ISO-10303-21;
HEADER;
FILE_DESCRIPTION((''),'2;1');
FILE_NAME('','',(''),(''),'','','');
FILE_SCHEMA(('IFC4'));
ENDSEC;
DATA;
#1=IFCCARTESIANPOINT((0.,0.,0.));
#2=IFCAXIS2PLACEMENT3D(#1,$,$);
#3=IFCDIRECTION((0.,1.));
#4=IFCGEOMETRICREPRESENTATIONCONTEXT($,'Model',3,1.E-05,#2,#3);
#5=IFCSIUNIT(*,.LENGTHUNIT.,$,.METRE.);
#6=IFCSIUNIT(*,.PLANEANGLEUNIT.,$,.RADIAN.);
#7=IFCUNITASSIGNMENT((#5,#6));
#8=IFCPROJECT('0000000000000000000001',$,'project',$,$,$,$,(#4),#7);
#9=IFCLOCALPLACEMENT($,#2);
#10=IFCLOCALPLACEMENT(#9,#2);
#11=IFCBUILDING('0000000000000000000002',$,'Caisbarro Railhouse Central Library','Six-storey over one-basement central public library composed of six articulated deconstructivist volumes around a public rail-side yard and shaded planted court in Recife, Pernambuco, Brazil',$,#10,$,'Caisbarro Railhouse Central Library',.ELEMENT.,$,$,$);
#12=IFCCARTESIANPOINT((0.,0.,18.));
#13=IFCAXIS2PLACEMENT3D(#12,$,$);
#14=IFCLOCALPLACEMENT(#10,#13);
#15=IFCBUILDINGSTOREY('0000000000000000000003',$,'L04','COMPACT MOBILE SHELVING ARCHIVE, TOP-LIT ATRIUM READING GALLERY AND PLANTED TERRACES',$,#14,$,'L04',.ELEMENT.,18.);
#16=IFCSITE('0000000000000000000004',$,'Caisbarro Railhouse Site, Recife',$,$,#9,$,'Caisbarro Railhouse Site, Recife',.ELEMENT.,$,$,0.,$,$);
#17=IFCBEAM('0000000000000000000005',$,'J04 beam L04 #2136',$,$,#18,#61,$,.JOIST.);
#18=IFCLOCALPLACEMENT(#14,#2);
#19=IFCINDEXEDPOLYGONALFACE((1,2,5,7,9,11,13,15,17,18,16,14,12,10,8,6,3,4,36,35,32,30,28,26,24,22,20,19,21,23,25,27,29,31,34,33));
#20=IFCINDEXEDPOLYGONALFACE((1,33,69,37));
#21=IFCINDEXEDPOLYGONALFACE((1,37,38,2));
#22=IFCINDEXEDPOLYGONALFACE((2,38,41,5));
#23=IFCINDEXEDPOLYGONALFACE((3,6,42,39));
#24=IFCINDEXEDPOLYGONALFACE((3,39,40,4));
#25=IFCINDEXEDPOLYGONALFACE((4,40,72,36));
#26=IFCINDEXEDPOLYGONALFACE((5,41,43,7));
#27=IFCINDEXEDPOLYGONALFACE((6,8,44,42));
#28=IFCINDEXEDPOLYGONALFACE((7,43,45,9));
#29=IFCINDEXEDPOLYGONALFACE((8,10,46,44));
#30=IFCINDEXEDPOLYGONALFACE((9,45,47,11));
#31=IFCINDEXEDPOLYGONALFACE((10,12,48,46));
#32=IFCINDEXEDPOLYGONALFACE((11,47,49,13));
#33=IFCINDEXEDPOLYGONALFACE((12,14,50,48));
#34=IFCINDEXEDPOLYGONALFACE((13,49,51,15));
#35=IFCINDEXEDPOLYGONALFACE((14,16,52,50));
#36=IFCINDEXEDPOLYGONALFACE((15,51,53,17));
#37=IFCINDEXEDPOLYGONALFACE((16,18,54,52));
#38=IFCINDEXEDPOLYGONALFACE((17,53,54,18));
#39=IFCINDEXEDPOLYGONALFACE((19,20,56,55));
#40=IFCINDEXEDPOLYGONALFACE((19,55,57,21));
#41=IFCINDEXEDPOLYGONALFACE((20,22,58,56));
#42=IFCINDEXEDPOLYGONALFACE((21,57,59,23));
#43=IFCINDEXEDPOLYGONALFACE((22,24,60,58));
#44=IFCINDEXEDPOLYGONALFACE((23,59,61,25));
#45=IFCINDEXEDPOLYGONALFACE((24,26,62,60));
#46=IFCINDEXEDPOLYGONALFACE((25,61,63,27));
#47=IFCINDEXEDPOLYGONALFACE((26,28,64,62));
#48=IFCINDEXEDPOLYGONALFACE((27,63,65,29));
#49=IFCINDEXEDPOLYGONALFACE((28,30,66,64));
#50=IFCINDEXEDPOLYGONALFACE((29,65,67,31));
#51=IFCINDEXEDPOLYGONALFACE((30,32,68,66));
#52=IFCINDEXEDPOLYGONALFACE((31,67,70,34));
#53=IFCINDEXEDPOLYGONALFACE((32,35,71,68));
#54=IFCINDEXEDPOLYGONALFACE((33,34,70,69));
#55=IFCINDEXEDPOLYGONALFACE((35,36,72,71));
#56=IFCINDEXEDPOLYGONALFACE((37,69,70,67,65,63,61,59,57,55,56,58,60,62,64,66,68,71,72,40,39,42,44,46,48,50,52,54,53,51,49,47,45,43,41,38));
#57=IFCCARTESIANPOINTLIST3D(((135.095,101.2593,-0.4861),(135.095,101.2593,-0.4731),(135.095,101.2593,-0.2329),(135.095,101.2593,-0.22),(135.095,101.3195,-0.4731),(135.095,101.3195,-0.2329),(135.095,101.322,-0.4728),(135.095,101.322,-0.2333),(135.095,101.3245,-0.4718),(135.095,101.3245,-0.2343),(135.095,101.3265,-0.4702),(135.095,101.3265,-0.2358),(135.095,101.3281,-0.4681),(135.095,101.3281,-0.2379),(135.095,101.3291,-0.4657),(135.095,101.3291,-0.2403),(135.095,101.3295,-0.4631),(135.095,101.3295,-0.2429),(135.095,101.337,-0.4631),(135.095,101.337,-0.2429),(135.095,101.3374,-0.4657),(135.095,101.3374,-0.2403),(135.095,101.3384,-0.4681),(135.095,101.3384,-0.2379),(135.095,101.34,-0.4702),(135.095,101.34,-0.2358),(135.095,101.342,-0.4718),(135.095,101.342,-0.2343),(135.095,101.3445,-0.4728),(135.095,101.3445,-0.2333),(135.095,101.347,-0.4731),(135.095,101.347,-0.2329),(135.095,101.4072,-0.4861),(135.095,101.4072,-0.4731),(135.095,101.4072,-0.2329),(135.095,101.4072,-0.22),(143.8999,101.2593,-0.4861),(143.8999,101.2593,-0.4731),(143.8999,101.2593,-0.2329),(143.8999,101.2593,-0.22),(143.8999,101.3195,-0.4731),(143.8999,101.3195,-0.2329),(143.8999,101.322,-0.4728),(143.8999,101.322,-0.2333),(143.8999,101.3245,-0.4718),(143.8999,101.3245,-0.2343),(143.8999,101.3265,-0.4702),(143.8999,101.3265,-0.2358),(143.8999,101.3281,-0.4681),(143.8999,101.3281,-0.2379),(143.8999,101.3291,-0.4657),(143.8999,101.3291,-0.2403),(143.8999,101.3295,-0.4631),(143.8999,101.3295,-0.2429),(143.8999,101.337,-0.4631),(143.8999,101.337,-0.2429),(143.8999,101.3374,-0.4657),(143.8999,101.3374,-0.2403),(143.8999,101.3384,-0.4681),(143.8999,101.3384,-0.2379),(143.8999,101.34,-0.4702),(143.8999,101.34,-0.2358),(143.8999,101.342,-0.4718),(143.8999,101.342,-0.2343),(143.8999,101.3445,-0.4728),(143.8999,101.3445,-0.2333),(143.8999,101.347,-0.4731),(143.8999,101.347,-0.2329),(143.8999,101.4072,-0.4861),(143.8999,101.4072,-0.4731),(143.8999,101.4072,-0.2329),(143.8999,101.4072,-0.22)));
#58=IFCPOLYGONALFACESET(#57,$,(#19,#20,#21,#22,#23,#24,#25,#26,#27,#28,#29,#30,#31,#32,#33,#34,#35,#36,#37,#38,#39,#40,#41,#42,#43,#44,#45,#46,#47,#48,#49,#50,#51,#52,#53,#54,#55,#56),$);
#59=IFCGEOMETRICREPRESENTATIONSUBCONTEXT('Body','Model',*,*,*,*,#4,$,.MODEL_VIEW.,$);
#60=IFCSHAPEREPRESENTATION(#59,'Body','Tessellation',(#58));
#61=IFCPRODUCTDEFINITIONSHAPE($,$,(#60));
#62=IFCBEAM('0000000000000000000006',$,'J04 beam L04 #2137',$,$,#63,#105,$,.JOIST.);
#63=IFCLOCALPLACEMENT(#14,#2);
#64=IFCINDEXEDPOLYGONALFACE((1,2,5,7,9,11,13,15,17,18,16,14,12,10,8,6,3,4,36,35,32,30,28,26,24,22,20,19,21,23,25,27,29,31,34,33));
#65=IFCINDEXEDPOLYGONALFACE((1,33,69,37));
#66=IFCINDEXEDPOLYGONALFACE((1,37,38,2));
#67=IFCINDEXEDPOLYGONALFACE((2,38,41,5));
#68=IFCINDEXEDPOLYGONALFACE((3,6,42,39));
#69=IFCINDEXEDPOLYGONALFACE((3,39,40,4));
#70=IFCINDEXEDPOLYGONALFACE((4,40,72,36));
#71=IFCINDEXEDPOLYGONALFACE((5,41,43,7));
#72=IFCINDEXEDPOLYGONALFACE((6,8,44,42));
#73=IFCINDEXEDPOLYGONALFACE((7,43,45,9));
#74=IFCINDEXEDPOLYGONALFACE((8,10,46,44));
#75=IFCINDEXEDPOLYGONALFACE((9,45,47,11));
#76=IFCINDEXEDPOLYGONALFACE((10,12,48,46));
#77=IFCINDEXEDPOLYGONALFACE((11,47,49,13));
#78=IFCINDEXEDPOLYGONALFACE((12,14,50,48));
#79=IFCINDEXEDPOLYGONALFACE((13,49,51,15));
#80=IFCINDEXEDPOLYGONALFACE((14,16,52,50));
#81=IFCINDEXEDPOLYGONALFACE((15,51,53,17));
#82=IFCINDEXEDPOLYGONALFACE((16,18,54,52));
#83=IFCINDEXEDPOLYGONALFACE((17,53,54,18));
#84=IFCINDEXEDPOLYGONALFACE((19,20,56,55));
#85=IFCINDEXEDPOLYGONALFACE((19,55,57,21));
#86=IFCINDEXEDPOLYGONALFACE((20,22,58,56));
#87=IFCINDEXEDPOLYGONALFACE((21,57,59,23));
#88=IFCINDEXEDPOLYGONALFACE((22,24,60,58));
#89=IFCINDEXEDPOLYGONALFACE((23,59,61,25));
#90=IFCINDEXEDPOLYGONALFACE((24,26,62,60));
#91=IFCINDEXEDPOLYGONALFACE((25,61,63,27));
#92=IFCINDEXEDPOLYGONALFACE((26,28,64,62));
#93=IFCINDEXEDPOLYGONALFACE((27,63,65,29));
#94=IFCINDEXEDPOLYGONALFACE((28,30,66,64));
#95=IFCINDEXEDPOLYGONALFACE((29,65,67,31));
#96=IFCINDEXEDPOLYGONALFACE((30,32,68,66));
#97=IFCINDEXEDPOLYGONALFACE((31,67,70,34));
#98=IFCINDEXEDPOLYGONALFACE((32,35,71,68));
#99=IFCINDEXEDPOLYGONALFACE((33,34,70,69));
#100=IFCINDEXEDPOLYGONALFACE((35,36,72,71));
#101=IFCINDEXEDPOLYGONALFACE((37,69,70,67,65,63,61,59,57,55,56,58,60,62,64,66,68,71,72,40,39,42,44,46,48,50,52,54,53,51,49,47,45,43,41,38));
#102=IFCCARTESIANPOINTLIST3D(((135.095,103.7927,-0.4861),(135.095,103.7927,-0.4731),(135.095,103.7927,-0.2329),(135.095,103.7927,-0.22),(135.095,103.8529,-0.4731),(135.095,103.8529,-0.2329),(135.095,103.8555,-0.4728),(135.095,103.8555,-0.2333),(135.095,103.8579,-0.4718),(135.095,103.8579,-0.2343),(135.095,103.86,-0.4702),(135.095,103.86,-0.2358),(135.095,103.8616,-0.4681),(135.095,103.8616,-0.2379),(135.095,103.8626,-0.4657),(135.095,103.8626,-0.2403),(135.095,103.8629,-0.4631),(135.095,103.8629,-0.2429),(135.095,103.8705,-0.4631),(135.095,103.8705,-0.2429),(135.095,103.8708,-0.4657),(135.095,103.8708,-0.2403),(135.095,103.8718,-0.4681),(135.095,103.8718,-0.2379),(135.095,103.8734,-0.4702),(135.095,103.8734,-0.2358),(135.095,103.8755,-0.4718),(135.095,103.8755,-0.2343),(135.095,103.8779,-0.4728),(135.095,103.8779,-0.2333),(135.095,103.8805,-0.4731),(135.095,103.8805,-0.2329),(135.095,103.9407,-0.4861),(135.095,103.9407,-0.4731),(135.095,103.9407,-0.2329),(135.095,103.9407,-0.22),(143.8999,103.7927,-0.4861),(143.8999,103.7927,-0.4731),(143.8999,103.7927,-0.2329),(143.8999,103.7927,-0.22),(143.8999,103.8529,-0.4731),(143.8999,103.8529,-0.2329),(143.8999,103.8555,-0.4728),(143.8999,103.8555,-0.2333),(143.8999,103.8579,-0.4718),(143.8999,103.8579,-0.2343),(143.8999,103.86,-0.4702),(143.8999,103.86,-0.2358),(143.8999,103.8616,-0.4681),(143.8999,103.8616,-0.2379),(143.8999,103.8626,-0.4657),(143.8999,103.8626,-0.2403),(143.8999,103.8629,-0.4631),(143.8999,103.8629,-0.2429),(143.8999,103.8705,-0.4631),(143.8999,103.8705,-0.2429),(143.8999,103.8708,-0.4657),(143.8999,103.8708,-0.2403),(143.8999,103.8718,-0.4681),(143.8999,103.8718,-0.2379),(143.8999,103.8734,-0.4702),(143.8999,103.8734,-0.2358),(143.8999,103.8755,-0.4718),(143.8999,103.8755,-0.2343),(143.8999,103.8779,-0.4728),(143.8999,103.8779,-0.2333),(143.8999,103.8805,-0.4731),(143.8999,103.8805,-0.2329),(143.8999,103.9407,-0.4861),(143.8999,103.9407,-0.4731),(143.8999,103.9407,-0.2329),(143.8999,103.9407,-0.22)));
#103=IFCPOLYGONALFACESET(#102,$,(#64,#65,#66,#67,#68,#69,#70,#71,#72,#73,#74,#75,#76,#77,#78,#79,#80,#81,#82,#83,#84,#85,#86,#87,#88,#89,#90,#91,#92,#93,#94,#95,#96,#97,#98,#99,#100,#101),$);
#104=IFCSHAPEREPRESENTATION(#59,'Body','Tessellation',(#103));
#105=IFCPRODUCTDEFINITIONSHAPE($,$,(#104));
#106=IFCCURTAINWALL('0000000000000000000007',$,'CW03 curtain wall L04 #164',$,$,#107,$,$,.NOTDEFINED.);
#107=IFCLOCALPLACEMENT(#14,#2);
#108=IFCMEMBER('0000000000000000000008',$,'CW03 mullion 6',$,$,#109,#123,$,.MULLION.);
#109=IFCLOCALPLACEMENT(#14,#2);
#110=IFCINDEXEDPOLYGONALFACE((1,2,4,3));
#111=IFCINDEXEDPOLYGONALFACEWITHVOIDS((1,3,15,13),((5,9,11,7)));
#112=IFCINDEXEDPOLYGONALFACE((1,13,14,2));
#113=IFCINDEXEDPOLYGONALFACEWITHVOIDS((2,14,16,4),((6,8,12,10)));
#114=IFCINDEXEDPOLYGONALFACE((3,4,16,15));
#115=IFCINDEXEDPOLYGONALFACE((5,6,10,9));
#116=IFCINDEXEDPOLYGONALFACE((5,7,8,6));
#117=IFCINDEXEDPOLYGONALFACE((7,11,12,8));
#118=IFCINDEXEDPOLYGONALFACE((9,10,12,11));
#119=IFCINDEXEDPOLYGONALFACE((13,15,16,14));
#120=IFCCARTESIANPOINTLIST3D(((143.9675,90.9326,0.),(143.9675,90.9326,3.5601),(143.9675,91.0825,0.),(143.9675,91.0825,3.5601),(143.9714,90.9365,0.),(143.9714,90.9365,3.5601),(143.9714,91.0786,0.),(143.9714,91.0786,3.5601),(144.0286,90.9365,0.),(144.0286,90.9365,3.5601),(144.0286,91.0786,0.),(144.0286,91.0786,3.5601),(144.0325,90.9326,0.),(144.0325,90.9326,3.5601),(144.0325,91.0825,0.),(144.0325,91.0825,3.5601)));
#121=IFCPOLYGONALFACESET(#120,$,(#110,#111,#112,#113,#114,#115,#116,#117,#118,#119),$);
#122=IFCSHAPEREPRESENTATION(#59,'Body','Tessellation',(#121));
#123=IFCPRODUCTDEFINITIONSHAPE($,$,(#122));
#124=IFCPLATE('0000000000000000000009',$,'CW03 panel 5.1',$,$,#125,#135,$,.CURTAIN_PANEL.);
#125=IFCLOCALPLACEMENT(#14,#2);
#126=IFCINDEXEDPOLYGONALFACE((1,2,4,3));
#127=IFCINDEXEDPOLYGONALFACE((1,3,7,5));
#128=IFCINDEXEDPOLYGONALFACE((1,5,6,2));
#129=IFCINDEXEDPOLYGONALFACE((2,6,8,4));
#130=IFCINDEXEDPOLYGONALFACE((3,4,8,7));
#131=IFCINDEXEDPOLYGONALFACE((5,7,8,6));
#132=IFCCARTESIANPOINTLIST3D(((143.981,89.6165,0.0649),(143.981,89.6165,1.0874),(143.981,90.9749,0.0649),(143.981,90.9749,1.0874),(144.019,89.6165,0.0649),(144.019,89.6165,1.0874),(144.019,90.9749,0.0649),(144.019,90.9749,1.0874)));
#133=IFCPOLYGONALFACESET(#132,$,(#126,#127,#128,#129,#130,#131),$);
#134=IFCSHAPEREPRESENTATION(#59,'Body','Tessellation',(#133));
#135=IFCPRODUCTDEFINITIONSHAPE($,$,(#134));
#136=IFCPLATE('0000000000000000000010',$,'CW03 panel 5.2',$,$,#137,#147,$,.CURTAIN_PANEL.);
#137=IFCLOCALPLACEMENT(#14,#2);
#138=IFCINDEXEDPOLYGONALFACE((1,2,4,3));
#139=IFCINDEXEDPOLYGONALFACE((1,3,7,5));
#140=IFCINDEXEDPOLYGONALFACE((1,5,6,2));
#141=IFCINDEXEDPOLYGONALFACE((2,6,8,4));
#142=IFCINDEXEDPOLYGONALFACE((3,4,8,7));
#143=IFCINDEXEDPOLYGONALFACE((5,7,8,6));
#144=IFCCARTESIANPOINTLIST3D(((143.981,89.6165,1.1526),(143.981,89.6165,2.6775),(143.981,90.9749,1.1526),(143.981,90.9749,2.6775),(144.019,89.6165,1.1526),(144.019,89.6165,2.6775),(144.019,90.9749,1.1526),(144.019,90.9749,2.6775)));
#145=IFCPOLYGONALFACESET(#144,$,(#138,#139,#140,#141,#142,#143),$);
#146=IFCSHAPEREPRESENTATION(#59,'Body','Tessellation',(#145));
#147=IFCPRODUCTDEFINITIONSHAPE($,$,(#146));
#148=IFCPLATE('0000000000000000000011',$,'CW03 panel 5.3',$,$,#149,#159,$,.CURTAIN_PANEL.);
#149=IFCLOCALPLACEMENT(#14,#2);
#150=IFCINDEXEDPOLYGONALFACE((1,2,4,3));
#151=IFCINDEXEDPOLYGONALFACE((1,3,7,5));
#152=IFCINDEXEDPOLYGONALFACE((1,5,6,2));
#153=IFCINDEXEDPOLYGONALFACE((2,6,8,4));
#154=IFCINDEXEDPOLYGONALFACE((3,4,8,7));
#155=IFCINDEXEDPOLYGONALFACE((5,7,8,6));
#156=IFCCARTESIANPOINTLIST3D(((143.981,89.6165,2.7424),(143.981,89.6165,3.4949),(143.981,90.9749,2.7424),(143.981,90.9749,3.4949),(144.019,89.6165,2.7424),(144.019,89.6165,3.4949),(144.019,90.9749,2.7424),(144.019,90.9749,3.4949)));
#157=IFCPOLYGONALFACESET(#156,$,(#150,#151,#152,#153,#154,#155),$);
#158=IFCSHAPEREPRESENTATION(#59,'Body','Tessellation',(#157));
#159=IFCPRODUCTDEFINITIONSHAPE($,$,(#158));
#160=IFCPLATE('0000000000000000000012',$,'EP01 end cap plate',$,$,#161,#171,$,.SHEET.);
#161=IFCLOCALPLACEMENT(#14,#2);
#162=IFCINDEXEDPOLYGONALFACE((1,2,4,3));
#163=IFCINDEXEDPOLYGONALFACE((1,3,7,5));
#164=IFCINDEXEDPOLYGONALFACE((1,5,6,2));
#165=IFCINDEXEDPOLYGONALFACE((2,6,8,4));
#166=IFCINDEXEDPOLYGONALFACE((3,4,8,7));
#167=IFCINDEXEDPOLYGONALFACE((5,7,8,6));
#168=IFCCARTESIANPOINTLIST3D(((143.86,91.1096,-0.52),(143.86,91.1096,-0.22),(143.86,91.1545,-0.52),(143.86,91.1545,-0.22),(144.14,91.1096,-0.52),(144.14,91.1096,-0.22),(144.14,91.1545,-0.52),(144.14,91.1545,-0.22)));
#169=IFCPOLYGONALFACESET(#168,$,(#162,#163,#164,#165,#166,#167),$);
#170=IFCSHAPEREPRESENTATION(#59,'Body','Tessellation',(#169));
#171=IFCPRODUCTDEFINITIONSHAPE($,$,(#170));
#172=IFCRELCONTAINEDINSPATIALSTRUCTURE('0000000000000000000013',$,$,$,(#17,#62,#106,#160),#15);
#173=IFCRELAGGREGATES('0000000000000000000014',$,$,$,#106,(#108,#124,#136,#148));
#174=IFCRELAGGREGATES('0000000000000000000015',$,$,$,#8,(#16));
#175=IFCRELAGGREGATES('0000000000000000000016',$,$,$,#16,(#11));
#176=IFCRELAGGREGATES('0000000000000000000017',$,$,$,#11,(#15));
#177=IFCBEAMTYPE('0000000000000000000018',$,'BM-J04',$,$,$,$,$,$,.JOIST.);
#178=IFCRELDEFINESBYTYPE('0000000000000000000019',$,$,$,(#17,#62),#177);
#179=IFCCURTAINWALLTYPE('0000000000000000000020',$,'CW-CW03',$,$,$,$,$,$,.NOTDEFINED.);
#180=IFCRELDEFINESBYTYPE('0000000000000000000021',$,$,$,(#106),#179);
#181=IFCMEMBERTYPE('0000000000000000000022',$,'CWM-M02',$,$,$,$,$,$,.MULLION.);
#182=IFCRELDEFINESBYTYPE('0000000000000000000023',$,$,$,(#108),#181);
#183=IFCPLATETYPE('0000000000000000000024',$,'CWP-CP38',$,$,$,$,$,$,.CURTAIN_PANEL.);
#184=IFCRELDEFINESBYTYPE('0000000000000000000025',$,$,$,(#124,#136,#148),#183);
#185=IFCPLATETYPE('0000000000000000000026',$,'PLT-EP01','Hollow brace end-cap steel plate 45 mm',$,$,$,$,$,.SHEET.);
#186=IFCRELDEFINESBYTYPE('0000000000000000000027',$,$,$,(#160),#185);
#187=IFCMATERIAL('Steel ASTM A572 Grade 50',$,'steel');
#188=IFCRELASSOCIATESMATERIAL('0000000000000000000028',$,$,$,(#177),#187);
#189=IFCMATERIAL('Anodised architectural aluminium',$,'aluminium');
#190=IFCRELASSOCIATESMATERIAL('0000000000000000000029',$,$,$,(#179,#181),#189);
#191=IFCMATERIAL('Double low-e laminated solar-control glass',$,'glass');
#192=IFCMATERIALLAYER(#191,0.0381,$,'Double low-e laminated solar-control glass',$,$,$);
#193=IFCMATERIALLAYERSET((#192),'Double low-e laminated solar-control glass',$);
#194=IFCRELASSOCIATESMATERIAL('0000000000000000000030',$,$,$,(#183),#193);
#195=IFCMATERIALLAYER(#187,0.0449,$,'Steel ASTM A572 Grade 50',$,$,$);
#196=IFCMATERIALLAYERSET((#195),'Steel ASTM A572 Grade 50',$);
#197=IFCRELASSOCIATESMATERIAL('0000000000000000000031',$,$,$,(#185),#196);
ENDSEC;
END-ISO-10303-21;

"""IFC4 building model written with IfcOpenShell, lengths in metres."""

from ifc_helpers import new_model, si_unit, direction, frame, origin, origin_2d, place, context, subcontext, project, spatial, rectangle, hollow_rectangle, i_section, extrude, material, layer, layer_set, material_profile, profile_set, type_object, element, aggregate, save


model = new_model("IFC4")

# Units and contexts
model_context = context("Model", 3, precision=1e-05, world=origin(), true_north=direction((0.0, 1.0)))
body_context = subcontext(model_context, "Body", "Model", "MODEL_VIEW")
ifc_project = project(units=[si_unit("LENGTHUNIT", "METRE"), si_unit("PLANEANGLEUNIT", "RADIAN")], contexts=[model_context])

# Site, building, storey
site_placement = place(None, origin())
site = spatial("IfcSite", under=ifc_project, at=site_placement, Name="Caisbarro Railhouse Site, Recife", LongName="Caisbarro Railhouse Site, Recife", CompositionType="ELEMENT", RefElevation=0.0)
building_placement = place(site_placement, origin())
building = spatial("IfcBuilding", under=site, at=building_placement, Name="Caisbarro Railhouse Central Library", Description="Six-storey over one-basement central public library composed of six articulated deconstructivist volumes around a public rail-side yard and shaded planted court in Recife, Pernambuco, Brazil", LongName="Caisbarro Railhouse Central Library", CompositionType="ELEMENT")
storey_placement = place(building_placement, frame((0.0, 0.0, 18.0)))
storey = spatial("IfcBuildingStorey", under=building, at=storey_placement, Name="L04", Description="COMPACT MOBILE SHELVING ARCHIVE, TOP-LIT ATRIUM READING GALLERY AND PLANTED TERRACES", LongName="L04", CompositionType="ELEMENT", Elevation=18.0)

# Shared definitions
ifc_material_1 = material(Name="Steel ASTM A572 Grade 50", Category="steel")

# Beams
ifc_material_profile_1 = material_profile(ifc_material_1, i_section(OverallWidth=0.1479, OverallDepth=0.2661, WebThickness=0.0076, FlangeThickness=0.0129, FilletRadius=0.01, at=origin_2d()), Name="W250X44.8")
ifc_profile_set_1 = profile_set([ifc_material_profile_1], Name="Steel ASTM A572 Grade 50")
beam_type_1 = type_object("IfcBeamType", Name="BM-J04", PredefinedType="JOIST", material=ifc_profile_set_1)
for number, where, z_axis, x_axis, name in (
    (1, (135.095, 101.3333, -0.353), (1.0, 0.0, 0.0), (0.0, 1.0, 0.0), "J04 beam L04 #2136"),
    (2, (135.095, 103.8667, -0.353), (1.0, 0.0, 0.0), (0.0, 1.0, 0.0), "J04 beam L04 #2137"),
):
    element("IfcBeam", number, at=place(storey_placement, frame(where, z_axis=z_axis, x_axis=x_axis)), inside=storey, type_object=beam_type_1, Name=name, PredefinedType="JOIST", context=body_context, shape_type="SweptSolid", body=[
        extrude(i_section(OverallWidth=0.1479, OverallDepth=0.2661, WebThickness=0.0076, FlangeThickness=0.0129, FilletRadius=0.01, at=origin_2d()), origin(), (0.0, 0.0, 1.0), 8.8049),
    ])

# Curtain wall, member, plates
ifc_material_2 = material(Name="Anodised architectural aluminium", Category="aluminium")
curtain_wall_type = type_object("IfcCurtainWallType", Name="CW-CW03", PredefinedType="NOTDEFINED", material=ifc_material_2)
curtain_wall_placement = place(storey_placement, origin())
curtain_wall = element("IfcCurtainWall", 3, at=curtain_wall_placement, inside=storey, type_object=curtain_wall_type, Name="CW03 curtain wall L04 #164", PredefinedType="NOTDEFINED")
ifc_material_profile_2 = material_profile(ifc_material_2, hollow_rectangle(XDim=0.0649, YDim=0.1499, WallThickness=0.0039, at=origin_2d()), Name="ALU-MUL-65X150")
ifc_profile_set_2 = profile_set([ifc_material_profile_2], Name="Anodised architectural aluminium")
member_type = type_object("IfcMemberType", Name="CWM-M02", PredefinedType="MULLION", material=ifc_profile_set_2)
member_placement = place(storey_placement, frame((144.0, 91.0076, 0.0), z_axis=(0.0, 0.0, 1.0), x_axis=(-1.0, 0.0, 0.0)))
member = element("IfcMember", 4, at=member_placement, type_object=member_type, Name="CW03 mullion 6", PredefinedType="MULLION", context=body_context, shape_type="SweptSolid", body=[
    extrude(hollow_rectangle(XDim=0.0649, YDim=0.1499, WallThickness=0.0039, at=origin_2d()), origin(), (0.0, 0.0, 1.0), 3.5601),
])
ifc_material_3 = material(Name="Double low-e laminated solar-control glass", Category="glass")
ifc_layer_1 = layer(ifc_material_3, 0.0381, Name="Double low-e laminated solar-control glass")
ifc_layer_set_1 = layer_set([ifc_layer_1], Name="Double low-e laminated solar-control glass")
plate_type_1 = type_object("IfcPlateType", Name="CWP-CP38", PredefinedType="CURTAIN_PANEL", material=ifc_layer_set_1)
plate_1_placement = place(storey_placement, frame((144.0, 90.2957, 0.0649), z_axis=(0.0, 0.0, 1.0), x_axis=(0.0, 1.0, 0.0)))
plate_1 = element("IfcPlate", 5, at=plate_1_placement, type_object=plate_type_1, Name="CW03 panel 5.1", PredefinedType="CURTAIN_PANEL", context=body_context, shape_type="SweptSolid", body=[
    extrude(rectangle(XDim=1.3584, YDim=0.0381, at=origin_2d()), origin(), (0.0, 0.0, 1.0), 1.0225),
])
plate_2_placement = place(storey_placement, frame((144.0, 90.2957, 1.1526), z_axis=(0.0, 0.0, 1.0), x_axis=(0.0, 1.0, 0.0)))
plate_2 = element("IfcPlate", 6, at=plate_2_placement, type_object=plate_type_1, Name="CW03 panel 5.2", PredefinedType="CURTAIN_PANEL", context=body_context, shape_type="SweptSolid", body=[
    extrude(rectangle(XDim=1.3584, YDim=0.0381, at=origin_2d()), origin(), (0.0, 0.0, 1.0), 1.5249),
])
plate_3_placement = place(storey_placement, frame((144.0, 90.2957, 2.7424), z_axis=(0.0, 0.0, 1.0), x_axis=(0.0, 1.0, 0.0)))
plate_3 = element("IfcPlate", 7, at=plate_3_placement, type_object=plate_type_1, Name="CW03 panel 5.3", PredefinedType="CURTAIN_PANEL", context=body_context, shape_type="SweptSolid", body=[
    extrude(rectangle(XDim=1.3584, YDim=0.0381, at=origin_2d()), origin(), (0.0, 0.0, 1.0), 0.7524),
])
aggregate(curtain_wall, [member, plate_1, plate_2, plate_3])

# Plate
ifc_layer_2 = layer(ifc_material_1, 0.0449, Name="Steel ASTM A572 Grade 50")
ifc_layer_set_2 = layer_set([ifc_layer_2], Name="Steel ASTM A572 Grade 50")
plate_type_2 = type_object("IfcPlateType", Name="PLT-EP01", Description="Hollow brace end-cap steel plate 45 mm", PredefinedType="SHEET", material=ifc_layer_set_2)
plate_4_placement = place(storey_placement, frame((144.0, 91.1321, -0.52), z_axis=(0.0, 0.0, 1.0), x_axis=(0.0, 1.0, 0.0)))
element("IfcPlate", 8, at=plate_4_placement, inside=storey, type_object=plate_type_2, Name="EP01 end cap plate", PredefinedType="SHEET", context=body_context, shape_type="SweptSolid", body=[
    extrude(rectangle(XDim=0.0449, YDim=0.28, at=origin_2d()), origin(), (0.0, 0.0, 1.0), 0.3),
])

save(model, "model.ifc")
